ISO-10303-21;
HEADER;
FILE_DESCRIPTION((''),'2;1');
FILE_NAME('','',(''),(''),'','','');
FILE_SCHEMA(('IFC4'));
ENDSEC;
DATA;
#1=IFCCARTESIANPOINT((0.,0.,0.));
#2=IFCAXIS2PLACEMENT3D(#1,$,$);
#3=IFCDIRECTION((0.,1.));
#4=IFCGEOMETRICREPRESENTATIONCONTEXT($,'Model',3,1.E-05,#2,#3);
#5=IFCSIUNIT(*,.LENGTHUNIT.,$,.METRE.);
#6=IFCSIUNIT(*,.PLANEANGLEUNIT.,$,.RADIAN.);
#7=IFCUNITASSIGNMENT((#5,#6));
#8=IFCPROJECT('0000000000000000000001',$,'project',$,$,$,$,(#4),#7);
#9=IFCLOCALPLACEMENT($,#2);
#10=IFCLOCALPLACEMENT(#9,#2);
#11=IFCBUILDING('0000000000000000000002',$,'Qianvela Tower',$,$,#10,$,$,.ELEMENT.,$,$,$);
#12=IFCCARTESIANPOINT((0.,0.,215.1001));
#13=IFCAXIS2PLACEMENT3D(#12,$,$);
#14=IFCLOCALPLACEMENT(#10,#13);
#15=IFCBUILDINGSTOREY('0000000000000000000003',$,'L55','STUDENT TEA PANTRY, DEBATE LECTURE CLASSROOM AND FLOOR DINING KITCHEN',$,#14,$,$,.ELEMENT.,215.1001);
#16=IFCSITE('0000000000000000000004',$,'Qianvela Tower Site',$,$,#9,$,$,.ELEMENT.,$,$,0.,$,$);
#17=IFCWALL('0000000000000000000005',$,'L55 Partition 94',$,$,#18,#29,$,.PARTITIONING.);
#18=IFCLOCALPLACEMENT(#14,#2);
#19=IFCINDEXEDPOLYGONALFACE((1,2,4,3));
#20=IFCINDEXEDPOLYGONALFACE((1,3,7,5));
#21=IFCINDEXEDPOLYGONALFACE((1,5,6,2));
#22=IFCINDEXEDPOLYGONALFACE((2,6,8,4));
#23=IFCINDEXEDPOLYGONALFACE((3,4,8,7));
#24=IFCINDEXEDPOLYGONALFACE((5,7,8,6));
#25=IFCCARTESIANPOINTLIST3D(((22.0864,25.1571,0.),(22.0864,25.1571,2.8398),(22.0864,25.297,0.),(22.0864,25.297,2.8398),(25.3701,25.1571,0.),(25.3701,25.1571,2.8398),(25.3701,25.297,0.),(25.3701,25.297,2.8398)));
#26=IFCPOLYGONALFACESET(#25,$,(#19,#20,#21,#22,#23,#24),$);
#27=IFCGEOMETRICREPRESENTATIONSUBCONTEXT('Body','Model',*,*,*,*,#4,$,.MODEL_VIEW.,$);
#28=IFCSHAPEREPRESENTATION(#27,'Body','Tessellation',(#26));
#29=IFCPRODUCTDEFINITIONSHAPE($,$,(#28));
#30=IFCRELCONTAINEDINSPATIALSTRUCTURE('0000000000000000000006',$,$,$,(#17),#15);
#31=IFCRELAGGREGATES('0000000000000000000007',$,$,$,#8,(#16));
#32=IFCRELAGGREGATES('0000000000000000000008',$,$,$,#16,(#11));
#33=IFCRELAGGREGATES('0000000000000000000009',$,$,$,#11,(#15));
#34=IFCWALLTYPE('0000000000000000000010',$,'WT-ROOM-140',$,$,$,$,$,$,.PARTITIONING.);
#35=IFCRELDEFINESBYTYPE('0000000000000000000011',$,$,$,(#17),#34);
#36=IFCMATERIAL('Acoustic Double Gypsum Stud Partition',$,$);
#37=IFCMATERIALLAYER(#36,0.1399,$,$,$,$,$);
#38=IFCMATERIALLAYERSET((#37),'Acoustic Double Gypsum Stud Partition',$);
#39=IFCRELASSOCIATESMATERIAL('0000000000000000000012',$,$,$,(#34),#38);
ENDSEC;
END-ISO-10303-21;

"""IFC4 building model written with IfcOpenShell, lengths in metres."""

from ifc_helpers import new_model, si_unit, direction, frame, frame_2d, origin, place, context, subcontext, project, spatial, rectangle, extrude, material, layer, layer_set, type_object, element, save


model = new_model("IFC4")

# Units and contexts
model_context = context("Model", 3, precision=1e-05, world=origin(), true_north=direction((0.0, 1.0)))
body_context = subcontext(model_context, "Body", "Model", "MODEL_VIEW")
ifc_project = project(units=[si_unit("LENGTHUNIT", "METRE"), si_unit("PLANEANGLEUNIT", "RADIAN")], contexts=[model_context])

# Site, building, storey
site_placement = place(None, origin())
site = spatial("IfcSite", under=ifc_project, at=site_placement, Name="Qianvela Tower Site", CompositionType="ELEMENT", RefElevation=0.0)
building_placement = place(site_placement, origin())
building = spatial("IfcBuilding", under=site, at=building_placement, Name="Qianvela Tower", CompositionType="ELEMENT")
storey_placement = place(building_placement, frame((0.0, 0.0, 215.1001)))
storey = spatial("IfcBuildingStorey", under=building, at=storey_placement, Name="L55", Description="STUDENT TEA PANTRY, DEBATE LECTURE CLASSROOM AND FLOOR DINING KITCHEN", CompositionType="ELEMENT", Elevation=215.1001)

# Wall
ifc_material_1 = material(Name="Acoustic Double Gypsum Stud Partition")
ifc_layer_1 = layer(ifc_material_1, 0.1399)
ifc_layer_set_1 = layer_set([ifc_layer_1], Name="Acoustic Double Gypsum Stud Partition")
wall_type_1 = type_object("IfcWallType", Name="WT-ROOM-140", PredefinedType="PARTITIONING", material=ifc_layer_set_1)
wall_1_placement = place(storey_placement, frame((22.0864, 25.2271, 0.0), z_axis=(0.0, 0.0, 1.0), x_axis=(1.0, 0.0, 0.0)))
element("IfcWall", 1, at=wall_1_placement, inside=storey, type_object=wall_type_1, Name="L55 Partition 94", PredefinedType="PARTITIONING", context=body_context, shape_type="SweptSolid", body=[
    extrude(rectangle(XDim=3.2837, YDim=0.1399, at=frame_2d((1.6418, 0.0))), origin(), (0.0, 0.0, 1.0), 2.8398),
])

save(model, "model.ifc")
